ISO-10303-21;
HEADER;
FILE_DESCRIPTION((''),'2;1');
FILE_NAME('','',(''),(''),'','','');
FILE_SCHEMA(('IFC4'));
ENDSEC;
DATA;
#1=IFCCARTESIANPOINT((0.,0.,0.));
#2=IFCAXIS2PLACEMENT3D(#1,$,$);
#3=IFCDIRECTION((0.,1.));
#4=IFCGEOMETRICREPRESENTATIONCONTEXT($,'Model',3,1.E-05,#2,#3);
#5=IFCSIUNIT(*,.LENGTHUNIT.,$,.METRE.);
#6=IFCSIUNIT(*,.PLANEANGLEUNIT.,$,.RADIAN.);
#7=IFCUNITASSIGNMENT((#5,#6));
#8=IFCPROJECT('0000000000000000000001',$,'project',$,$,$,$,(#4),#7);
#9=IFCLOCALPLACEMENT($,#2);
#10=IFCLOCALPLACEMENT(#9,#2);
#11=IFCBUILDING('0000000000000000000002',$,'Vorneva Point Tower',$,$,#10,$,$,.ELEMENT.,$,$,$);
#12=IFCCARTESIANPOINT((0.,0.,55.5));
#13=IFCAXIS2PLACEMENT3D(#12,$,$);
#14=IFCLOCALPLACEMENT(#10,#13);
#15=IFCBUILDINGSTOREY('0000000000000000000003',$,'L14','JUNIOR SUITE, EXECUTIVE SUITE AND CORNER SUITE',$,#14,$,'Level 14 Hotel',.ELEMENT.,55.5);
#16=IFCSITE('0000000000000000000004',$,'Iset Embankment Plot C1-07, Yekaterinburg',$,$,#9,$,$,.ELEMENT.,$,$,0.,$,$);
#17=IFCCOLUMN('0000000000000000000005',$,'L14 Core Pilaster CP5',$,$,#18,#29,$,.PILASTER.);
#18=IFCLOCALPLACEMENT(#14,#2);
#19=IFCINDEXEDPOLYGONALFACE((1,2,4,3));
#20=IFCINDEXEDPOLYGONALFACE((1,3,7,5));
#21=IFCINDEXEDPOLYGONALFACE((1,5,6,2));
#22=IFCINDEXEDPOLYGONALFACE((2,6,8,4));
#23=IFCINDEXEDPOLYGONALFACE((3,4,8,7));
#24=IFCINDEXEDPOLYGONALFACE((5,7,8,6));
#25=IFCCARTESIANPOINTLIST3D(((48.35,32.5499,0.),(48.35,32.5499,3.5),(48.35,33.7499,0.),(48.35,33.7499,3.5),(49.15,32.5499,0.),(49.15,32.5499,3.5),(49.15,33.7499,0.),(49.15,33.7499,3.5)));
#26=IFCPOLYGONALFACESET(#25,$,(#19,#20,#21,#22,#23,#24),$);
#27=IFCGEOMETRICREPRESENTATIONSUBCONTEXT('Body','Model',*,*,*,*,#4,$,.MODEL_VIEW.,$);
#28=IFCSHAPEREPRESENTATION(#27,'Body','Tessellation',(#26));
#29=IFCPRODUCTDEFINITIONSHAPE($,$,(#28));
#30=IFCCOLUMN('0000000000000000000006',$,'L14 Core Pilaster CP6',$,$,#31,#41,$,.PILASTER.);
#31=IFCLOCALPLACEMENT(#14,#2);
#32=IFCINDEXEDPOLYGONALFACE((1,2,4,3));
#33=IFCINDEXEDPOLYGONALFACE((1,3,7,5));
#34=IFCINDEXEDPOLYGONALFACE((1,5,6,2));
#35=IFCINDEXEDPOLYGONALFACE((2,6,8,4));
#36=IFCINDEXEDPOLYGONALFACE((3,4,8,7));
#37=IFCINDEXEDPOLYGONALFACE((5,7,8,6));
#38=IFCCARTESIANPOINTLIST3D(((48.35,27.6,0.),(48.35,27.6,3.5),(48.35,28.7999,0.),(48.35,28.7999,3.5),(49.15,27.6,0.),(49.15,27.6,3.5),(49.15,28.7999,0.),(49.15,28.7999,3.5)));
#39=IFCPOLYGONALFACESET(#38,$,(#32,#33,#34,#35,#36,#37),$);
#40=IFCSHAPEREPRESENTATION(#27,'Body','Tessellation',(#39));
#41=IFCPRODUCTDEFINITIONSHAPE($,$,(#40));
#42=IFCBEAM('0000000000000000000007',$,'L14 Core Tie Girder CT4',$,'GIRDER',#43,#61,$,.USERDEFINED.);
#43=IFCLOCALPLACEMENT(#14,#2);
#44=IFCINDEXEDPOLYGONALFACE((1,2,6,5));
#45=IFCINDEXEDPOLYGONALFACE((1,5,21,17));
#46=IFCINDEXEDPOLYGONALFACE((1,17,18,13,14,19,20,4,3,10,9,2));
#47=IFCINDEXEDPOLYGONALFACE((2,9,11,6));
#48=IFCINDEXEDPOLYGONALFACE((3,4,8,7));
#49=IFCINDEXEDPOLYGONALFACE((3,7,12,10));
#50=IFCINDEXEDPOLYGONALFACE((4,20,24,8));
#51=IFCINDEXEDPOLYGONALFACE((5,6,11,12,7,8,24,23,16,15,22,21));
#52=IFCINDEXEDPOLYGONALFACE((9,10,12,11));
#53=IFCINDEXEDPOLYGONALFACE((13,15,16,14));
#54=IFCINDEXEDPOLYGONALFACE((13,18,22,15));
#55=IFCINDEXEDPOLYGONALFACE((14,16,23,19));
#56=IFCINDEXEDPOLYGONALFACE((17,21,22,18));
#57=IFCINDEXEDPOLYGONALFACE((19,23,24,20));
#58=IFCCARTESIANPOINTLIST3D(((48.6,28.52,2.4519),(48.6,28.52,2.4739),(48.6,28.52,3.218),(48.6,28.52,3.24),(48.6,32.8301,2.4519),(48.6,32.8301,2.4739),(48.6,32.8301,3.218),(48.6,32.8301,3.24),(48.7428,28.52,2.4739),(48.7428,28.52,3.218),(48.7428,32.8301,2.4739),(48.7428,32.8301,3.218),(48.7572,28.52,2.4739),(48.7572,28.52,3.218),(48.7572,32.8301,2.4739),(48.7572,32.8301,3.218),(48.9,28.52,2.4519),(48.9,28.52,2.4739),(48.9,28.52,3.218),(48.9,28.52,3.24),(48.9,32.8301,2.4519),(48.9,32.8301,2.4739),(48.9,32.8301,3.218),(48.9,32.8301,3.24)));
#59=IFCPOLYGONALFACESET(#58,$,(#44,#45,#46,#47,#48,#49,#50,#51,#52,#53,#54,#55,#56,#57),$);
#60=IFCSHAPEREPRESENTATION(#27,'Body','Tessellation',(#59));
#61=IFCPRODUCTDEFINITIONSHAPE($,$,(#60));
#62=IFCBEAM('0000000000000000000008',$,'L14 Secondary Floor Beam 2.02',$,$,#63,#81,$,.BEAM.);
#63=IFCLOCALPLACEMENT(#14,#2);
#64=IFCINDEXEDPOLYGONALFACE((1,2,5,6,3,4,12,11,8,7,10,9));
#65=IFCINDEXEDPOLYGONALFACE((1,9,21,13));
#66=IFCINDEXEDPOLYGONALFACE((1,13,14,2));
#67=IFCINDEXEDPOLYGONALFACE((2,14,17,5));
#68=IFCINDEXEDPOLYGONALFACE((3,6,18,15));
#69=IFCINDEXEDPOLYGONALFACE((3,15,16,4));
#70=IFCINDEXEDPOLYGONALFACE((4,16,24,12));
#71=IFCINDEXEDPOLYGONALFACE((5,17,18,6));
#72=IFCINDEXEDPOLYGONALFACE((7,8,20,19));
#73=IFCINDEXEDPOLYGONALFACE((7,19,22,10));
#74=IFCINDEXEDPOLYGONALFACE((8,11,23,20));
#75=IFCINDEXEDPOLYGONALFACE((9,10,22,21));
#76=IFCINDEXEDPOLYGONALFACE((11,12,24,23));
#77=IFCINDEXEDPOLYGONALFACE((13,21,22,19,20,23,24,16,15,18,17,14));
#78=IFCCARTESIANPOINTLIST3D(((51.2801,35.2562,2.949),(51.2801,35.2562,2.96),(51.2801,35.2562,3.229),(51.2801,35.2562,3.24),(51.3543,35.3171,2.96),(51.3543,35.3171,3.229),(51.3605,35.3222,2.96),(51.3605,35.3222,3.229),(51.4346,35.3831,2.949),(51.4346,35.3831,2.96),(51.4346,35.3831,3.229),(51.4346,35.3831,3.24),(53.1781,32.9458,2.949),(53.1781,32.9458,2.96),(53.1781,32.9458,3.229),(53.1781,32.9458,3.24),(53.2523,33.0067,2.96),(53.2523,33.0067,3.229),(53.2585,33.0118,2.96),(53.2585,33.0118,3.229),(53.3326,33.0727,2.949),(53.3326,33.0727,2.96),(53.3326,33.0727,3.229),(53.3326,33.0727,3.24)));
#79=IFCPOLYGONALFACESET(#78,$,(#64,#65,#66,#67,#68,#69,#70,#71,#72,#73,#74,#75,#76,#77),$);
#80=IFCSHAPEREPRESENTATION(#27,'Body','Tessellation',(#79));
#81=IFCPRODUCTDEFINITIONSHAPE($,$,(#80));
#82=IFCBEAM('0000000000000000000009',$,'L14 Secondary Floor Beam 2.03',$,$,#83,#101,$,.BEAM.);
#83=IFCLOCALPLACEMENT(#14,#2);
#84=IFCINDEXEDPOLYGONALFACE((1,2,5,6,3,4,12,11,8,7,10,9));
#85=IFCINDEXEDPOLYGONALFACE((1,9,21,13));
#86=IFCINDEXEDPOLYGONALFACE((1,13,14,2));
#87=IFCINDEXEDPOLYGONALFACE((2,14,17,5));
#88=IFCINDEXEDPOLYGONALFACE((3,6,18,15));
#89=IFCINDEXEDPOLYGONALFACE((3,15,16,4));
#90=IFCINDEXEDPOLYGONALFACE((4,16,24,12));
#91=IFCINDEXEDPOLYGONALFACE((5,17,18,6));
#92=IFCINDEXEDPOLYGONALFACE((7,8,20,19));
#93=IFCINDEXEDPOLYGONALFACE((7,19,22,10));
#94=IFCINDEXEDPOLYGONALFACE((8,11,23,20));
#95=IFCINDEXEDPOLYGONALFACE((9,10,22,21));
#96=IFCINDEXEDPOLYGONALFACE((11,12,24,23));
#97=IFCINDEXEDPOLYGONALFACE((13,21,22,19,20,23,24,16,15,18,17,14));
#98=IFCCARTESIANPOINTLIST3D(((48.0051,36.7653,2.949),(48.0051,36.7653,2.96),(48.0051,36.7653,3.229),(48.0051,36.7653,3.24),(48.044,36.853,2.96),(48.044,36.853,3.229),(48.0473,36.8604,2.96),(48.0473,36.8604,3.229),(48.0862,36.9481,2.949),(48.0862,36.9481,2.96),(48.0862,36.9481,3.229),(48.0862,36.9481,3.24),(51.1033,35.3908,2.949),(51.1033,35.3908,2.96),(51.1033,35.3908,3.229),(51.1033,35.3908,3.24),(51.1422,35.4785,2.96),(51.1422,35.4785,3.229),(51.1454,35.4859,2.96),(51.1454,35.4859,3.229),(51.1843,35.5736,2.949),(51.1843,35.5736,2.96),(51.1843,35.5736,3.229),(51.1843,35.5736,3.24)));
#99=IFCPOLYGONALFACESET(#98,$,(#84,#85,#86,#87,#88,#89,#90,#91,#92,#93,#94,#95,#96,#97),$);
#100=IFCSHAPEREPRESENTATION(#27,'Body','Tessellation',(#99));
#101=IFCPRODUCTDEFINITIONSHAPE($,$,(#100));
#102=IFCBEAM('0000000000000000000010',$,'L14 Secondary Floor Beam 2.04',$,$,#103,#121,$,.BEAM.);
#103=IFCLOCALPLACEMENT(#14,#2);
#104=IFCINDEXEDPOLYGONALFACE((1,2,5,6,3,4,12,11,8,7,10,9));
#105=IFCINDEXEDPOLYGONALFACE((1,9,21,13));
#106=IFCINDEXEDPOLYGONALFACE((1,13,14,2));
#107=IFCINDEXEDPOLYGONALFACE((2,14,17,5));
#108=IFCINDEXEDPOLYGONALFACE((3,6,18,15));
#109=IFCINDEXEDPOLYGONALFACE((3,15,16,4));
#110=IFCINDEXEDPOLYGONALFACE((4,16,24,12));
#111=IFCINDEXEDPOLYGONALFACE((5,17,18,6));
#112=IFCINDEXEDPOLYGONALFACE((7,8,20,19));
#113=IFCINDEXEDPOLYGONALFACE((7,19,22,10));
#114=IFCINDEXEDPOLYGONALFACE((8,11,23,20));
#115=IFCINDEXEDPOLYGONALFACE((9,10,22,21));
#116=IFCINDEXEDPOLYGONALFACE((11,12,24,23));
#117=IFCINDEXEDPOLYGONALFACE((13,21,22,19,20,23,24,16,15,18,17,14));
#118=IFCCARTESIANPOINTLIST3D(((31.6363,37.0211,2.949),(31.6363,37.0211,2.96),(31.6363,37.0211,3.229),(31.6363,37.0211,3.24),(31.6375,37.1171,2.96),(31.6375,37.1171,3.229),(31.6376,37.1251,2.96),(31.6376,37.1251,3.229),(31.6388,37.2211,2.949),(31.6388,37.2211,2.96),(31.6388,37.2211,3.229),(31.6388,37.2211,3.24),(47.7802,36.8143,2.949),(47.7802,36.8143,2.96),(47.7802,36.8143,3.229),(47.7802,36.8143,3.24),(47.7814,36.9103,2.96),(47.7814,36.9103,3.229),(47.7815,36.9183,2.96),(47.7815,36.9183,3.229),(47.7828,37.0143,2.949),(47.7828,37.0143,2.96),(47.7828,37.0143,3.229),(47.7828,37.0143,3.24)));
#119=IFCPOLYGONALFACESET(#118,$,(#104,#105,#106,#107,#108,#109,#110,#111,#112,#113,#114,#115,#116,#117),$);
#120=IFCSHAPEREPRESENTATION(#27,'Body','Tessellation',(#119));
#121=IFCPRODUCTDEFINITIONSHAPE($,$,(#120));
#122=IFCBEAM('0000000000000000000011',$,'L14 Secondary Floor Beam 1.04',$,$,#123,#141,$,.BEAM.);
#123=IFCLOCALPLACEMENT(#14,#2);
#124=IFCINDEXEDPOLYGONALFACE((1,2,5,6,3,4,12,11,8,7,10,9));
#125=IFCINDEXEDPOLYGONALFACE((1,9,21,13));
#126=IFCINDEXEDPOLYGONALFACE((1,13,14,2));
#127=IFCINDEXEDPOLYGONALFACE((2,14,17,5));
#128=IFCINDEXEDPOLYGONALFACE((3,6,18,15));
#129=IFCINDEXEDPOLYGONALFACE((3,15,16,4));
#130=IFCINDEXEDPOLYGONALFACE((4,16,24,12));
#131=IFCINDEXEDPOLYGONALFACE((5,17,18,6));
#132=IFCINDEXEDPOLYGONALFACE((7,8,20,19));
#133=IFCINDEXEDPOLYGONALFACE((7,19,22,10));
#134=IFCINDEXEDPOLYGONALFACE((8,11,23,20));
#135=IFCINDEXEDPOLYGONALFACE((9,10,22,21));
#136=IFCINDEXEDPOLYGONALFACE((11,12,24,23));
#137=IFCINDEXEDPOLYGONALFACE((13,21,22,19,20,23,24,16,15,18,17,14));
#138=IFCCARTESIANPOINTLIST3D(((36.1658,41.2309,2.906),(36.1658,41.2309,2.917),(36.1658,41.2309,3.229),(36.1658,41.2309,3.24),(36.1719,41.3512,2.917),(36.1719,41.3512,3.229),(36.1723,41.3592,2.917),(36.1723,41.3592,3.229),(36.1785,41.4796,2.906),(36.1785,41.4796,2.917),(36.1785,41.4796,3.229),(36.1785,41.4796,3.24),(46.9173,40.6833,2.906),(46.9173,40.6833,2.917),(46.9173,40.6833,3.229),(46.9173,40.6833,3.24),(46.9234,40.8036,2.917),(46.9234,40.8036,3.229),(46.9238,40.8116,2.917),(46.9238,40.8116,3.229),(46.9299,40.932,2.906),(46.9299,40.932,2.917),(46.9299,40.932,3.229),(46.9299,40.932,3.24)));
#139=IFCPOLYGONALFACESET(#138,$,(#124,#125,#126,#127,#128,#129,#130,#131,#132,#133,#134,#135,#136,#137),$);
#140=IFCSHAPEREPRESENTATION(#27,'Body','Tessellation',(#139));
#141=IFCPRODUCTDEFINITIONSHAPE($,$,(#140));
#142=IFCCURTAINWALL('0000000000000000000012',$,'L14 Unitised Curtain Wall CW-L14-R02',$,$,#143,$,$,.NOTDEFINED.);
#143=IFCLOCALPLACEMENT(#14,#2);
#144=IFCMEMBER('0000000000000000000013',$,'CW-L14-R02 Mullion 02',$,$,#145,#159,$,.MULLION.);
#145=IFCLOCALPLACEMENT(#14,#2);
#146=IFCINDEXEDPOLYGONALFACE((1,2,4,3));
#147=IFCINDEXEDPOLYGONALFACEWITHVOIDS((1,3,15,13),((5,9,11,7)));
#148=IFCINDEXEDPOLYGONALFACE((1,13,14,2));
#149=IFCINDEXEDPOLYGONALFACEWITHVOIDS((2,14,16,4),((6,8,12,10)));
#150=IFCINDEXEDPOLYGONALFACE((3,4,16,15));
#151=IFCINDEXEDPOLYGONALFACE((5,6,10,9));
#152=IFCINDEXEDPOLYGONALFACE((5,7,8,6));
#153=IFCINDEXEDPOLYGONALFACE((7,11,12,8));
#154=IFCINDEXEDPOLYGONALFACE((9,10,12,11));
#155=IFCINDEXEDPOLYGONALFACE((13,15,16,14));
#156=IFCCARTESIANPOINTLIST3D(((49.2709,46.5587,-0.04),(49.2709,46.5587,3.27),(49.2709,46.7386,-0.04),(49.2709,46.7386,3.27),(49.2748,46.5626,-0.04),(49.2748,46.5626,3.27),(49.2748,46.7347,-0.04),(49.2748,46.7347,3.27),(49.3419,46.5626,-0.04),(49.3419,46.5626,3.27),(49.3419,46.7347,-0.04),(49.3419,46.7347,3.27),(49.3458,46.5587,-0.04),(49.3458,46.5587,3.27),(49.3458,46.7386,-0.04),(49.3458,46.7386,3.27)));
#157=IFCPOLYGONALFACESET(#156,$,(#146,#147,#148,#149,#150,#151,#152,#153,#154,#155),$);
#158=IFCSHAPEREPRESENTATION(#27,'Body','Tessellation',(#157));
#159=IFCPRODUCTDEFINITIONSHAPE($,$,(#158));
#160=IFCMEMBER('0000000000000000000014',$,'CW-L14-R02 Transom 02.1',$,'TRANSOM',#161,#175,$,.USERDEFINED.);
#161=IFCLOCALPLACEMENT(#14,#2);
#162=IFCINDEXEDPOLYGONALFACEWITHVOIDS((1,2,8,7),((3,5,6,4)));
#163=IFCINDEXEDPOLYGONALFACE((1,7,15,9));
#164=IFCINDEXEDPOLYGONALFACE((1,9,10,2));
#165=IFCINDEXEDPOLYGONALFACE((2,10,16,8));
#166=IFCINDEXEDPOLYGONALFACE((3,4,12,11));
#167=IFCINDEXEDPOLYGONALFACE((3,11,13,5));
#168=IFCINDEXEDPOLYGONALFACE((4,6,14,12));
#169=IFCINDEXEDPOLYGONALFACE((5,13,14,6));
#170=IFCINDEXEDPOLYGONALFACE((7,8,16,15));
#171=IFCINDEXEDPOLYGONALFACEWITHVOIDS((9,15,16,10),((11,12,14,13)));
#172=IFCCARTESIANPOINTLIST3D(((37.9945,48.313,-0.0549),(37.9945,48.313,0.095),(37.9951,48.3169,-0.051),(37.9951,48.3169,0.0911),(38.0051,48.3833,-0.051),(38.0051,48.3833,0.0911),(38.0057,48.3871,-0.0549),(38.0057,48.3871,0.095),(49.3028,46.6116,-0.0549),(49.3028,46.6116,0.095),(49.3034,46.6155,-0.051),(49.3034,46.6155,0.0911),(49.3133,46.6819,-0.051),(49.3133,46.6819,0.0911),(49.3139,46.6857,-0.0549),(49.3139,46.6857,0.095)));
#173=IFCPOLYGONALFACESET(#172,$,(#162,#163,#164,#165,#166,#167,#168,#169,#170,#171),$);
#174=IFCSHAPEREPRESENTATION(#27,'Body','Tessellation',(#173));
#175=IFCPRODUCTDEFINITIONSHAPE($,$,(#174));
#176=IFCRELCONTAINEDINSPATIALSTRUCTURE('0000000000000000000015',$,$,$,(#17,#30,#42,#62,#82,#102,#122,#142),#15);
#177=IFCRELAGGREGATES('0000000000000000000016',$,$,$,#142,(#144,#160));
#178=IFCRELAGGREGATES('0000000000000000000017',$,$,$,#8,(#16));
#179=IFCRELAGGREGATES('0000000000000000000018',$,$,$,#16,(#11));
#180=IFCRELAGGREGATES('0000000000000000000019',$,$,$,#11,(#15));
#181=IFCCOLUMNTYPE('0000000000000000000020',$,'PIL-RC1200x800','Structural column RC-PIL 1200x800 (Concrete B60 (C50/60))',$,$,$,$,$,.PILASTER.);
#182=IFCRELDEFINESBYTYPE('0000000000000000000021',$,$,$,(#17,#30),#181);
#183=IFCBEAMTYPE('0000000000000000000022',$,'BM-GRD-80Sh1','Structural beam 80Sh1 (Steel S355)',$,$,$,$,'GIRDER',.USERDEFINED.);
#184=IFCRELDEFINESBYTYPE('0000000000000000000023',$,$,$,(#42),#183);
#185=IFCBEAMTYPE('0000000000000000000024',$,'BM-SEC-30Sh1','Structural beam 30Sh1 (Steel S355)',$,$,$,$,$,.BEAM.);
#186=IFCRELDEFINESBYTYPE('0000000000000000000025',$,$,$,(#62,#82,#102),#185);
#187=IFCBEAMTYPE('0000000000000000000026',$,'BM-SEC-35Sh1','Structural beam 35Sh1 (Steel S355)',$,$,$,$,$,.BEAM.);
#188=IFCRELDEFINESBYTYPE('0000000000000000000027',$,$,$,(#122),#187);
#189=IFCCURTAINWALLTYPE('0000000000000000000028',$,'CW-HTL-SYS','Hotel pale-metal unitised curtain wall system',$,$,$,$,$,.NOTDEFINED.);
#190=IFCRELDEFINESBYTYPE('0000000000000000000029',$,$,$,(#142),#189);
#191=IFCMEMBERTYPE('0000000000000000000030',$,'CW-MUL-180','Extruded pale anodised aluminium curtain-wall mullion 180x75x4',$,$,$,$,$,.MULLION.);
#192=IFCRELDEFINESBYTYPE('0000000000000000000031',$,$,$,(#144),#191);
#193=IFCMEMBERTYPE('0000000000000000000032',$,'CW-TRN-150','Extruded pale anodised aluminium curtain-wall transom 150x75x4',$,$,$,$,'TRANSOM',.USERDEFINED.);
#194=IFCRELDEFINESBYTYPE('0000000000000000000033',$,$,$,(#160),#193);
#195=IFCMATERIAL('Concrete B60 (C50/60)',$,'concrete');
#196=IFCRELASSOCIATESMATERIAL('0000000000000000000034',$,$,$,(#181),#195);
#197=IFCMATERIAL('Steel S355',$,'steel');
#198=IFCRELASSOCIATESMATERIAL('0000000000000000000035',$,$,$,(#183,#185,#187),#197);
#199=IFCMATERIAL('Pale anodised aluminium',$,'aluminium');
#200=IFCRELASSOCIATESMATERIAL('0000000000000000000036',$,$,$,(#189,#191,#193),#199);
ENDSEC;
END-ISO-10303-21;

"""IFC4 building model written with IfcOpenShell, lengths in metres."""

from ifc_helpers import new_model, si_unit, direction, frame, origin, origin_2d, place, context, subcontext, project, spatial, rectangle, hollow_rectangle, i_section, extrude, material, material_profile, profile_set, type_object, element, aggregate, save


model = new_model("IFC4")

# Units and contexts
model_context = context("Model", 3, precision=1e-05, world=origin(), true_north=direction((0.0, 1.0)))
body_context = subcontext(model_context, "Body", "Model", "MODEL_VIEW")
ifc_project = project(units=[si_unit("LENGTHUNIT", "METRE"), si_unit("PLANEANGLEUNIT", "RADIAN")], contexts=[model_context])

# Site, building, storey
site_placement = place(None, origin())
site = spatial("IfcSite", under=ifc_project, at=site_placement, Name="Iset Embankment Plot C1-07, Yekaterinburg", CompositionType="ELEMENT", RefElevation=0.0)
building_placement = place(site_placement, origin())
building = spatial("IfcBuilding", under=site, at=building_placement, Name="Vorneva Point Tower", CompositionType="ELEMENT")
storey_placement = place(building_placement, frame((0.0, 0.0, 55.5)))
storey = spatial("IfcBuildingStorey", under=building, at=storey_placement, Name="L14", Description="JUNIOR SUITE, EXECUTIVE SUITE AND CORNER SUITE", LongName="Level 14 Hotel", CompositionType="ELEMENT", Elevation=55.5)

# Columns
ifc_material_1 = material(Name="Concrete B60 (C50/60)", Category="concrete")
ifc_material_profile_1 = material_profile(ifc_material_1, rectangle(XDim=0.8, YDim=1.2, at=origin_2d()), Name="RC-PIL 1200x800")
ifc_profile_set_1 = profile_set([ifc_material_profile_1], Name="Concrete B60 (C50/60)")
column_type_1 = type_object("IfcColumnType", Name="PIL-RC1200x800", Description="Structural column RC-PIL 1200x800 (Concrete B60 (C50/60))", PredefinedType="PILASTER", material=ifc_profile_set_1)
for number, where, z_axis, x_axis, name in (
    (1, (48.75, 33.1499, 0.0), (0.0, 0.0, 1.0), (1.0, 0.0, 0.0), "L14 Core Pilaster CP5"),
    (2, (48.75, 28.2, 0.0), (0.0, 0.0, 1.0), (1.0, 0.0, 0.0), "L14 Core Pilaster CP6"),
):
    element("IfcColumn", number, at=place(storey_placement, frame(where, z_axis=z_axis, x_axis=x_axis)), inside=storey, type_object=column_type_1, Name=name, PredefinedType="PILASTER", context=body_context, shape_type="SweptSolid", body=[
        extrude(rectangle(XDim=0.8, YDim=1.2, at=origin_2d()), origin(), (0.0, 0.0, 1.0), 3.5),
    ])

# Beams
ifc_material_2 = material(Name="Steel S355", Category="steel")
ifc_material_profile_2 = material_profile(ifc_material_2, i_section(OverallWidth=0.3, OverallDepth=0.7881, WebThickness=0.0144, FlangeThickness=0.022, at=origin_2d()), Name="80Sh1")
ifc_profile_set_2 = profile_set([ifc_material_profile_2], Name="Steel S355")
beam_type_1 = type_object("IfcBeamType", Name="BM-GRD-80Sh1", Description="Structural beam 80Sh1 (Steel S355)", ElementType="GIRDER", PredefinedType="USERDEFINED", material=ifc_profile_set_2)
beam_1_placement = place(storey_placement, frame((48.75, 28.52, 2.8459), z_axis=(0.0, 1.0, 0.0), x_axis=(-1.0, 0.0, 0.0)))
element("IfcBeam", 3, at=beam_1_placement, inside=storey, type_object=beam_type_1, Name="L14 Core Tie Girder CT4", ObjectType="GIRDER", PredefinedType="USERDEFINED", context=body_context, shape_type="SweptSolid", body=[
    extrude(i_section(OverallWidth=0.3, OverallDepth=0.7881, WebThickness=0.0144, FlangeThickness=0.022, at=origin_2d()), origin(), (0.0, 0.0, 1.0), 4.3101),
])
ifc_material_profile_3 = material_profile(ifc_material_2, i_section(OverallWidth=0.2, OverallDepth=0.291, WebThickness=0.0081, FlangeThickness=0.011, at=origin_2d()), Name="30Sh1")
ifc_profile_set_3 = profile_set([ifc_material_profile_3], Name="Steel S355")
beam_type_2 = type_object("IfcBeamType", Name="BM-SEC-30Sh1", Description="Structural beam 30Sh1 (Steel S355)", PredefinedType="BEAM", material=ifc_profile_set_3)
beam_2_placement = place(storey_placement, frame((53.2554, 33.0093, 3.0945), z_axis=(-0.634779, 0.772693, 0.0), x_axis=(-0.772693, -0.634779, 0.0)))
element("IfcBeam", 4, at=beam_2_placement, inside=storey, type_object=beam_type_2, Name="L14 Secondary Floor Beam 2.02", PredefinedType="BEAM", context=body_context, shape_type="SweptSolid", body=[
    extrude(i_section(OverallWidth=0.2, OverallDepth=0.291, WebThickness=0.0081, FlangeThickness=0.011, at=origin_2d()), origin(), (0.0, 0.0, 1.0), 2.99),
])
beam_3_placement = place(storey_placement, frame((51.1438, 35.4822, 3.0945), z_axis=(-0.914079, 0.405537, 0.0), x_axis=(-0.405537, -0.914079, 0.0)))
element("IfcBeam", 5, at=beam_3_placement, inside=storey, type_object=beam_type_2, Name="L14 Secondary Floor Beam 2.03", PredefinedType="BEAM", context=body_context, shape_type="SweptSolid", body=[
    extrude(i_section(OverallWidth=0.2, OverallDepth=0.291, WebThickness=0.0081, FlangeThickness=0.011, at=origin_2d()), origin(), (0.0, 0.0, 1.0), 3.3894),
])
beam_4_placement = place(storey_placement, frame((47.7815, 36.9143, 3.0945), z_axis=(-0.999918, 0.012808, 0.0), x_axis=(-0.012808, -0.999918, 0.0)))
element("IfcBeam", 6, at=beam_4_placement, inside=storey, type_object=beam_type_2, Name="L14 Secondary Floor Beam 2.04", PredefinedType="BEAM", context=body_context, shape_type="SweptSolid", body=[
    extrude(i_section(OverallWidth=0.2, OverallDepth=0.291, WebThickness=0.0081, FlangeThickness=0.011, at=origin_2d()), origin(), (0.0, 0.0, 1.0), 16.1453),
])
ifc_material_profile_4 = material_profile(ifc_material_2, i_section(OverallWidth=0.249, OverallDepth=0.334, WebThickness=0.0081, FlangeThickness=0.011, at=origin_2d()), Name="35Sh1")
ifc_profile_set_4 = profile_set([ifc_material_profile_4], Name="Steel S355")
beam_type_3 = type_object("IfcBeamType", Name="BM-SEC-35Sh1", Description="Structural beam 35Sh1 (Steel S355)", PredefinedType="BEAM", material=ifc_profile_set_4)
beam_5_placement = place(storey_placement, frame((46.9236, 40.8076, 3.073), z_axis=(-0.998705, 0.050867, 0.0), x_axis=(-0.050867, -0.998705, 0.0)))
element("IfcBeam", 7, at=beam_5_placement, inside=storey, type_object=beam_type_3, Name="L14 Secondary Floor Beam 1.04", PredefinedType="BEAM", context=body_context, shape_type="SweptSolid", body=[
    extrude(i_section(OverallWidth=0.249, OverallDepth=0.334, WebThickness=0.0081, FlangeThickness=0.011, at=origin_2d()), origin(), (0.0, 0.0, 1.0), 10.7654),
])

# Curtain wall, members
ifc_material_3 = material(Name="Pale anodised aluminium", Category="aluminium")
curtain_wall_type = type_object("IfcCurtainWallType", Name="CW-HTL-SYS", Description="Hotel pale-metal unitised curtain wall system", PredefinedType="NOTDEFINED", material=ifc_material_3)
curtain_wall_placement = place(storey_placement, origin())
curtain_wall = element("IfcCurtainWall", 8, at=curtain_wall_placement, inside=storey, type_object=curtain_wall_type, Name="L14 Unitised Curtain Wall CW-L14-R02", PredefinedType="NOTDEFINED")
ifc_material_profile_5 = material_profile(ifc_material_3, hollow_rectangle(XDim=0.075, YDim=0.1799, WallThickness=0.0039, at=origin_2d()), Name="AL-MUL 180x75x4")
ifc_profile_set_5 = profile_set([ifc_material_profile_5], Name="Pale anodised aluminium")
member_type_1 = type_object("IfcMemberType", Name="CW-MUL-180", Description="Extruded pale anodised aluminium curtain-wall mullion 180x75x4", PredefinedType="MULLION", material=ifc_profile_set_5)
member_1_placement = place(storey_placement, frame((49.3083, 46.6487, -0.04), z_axis=(0.0, 0.0, 1.0), x_axis=(1.0, 0.0, 0.0)))
member_1 = element("IfcMember", 9, at=member_1_placement, type_object=member_type_1, Name="CW-L14-R02 Mullion 02", PredefinedType="MULLION", context=body_context, shape_type="SweptSolid", body=[
    extrude(hollow_rectangle(XDim=0.075, YDim=0.1799, WallThickness=0.0039, at=origin_2d()), origin(), (0.0, 0.0, 1.0), 3.3101),
])
ifc_material_profile_6 = material_profile(ifc_material_3, hollow_rectangle(XDim=0.075, YDim=0.1499, WallThickness=0.0039, at=origin_2d()), Name="AL-TRN 150x75x4")
ifc_profile_set_6 = profile_set([ifc_material_profile_6], Name="Pale anodised aluminium")
member_type_2 = type_object("IfcMemberType", Name="CW-TRN-150", Description="Extruded pale anodised aluminium curtain-wall transom 150x75x4", ElementType="TRANSOM", PredefinedType="USERDEFINED", material=ifc_profile_set_6)
member_2_placement = place(storey_placement, frame((49.3083, 46.6487, 0.02), z_axis=(-0.98887, 0.148782, 0.0), x_axis=(-0.148782, -0.98887, 0.0)))
member_2 = element("IfcMember", 10, at=member_2_placement, type_object=member_type_2, Name="CW-L14-R02 Transom 02.1", ObjectType="TRANSOM", PredefinedType="USERDEFINED", context=body_context, shape_type="SweptSolid", body=[
    extrude(hollow_rectangle(XDim=0.075, YDim=0.1499, WallThickness=0.0039, at=origin_2d()), origin(), (0.0, 0.0, 1.0), 11.4355),
])
aggregate(curtain_wall, [member_1, member_2])

save(model, "model.ifc")
